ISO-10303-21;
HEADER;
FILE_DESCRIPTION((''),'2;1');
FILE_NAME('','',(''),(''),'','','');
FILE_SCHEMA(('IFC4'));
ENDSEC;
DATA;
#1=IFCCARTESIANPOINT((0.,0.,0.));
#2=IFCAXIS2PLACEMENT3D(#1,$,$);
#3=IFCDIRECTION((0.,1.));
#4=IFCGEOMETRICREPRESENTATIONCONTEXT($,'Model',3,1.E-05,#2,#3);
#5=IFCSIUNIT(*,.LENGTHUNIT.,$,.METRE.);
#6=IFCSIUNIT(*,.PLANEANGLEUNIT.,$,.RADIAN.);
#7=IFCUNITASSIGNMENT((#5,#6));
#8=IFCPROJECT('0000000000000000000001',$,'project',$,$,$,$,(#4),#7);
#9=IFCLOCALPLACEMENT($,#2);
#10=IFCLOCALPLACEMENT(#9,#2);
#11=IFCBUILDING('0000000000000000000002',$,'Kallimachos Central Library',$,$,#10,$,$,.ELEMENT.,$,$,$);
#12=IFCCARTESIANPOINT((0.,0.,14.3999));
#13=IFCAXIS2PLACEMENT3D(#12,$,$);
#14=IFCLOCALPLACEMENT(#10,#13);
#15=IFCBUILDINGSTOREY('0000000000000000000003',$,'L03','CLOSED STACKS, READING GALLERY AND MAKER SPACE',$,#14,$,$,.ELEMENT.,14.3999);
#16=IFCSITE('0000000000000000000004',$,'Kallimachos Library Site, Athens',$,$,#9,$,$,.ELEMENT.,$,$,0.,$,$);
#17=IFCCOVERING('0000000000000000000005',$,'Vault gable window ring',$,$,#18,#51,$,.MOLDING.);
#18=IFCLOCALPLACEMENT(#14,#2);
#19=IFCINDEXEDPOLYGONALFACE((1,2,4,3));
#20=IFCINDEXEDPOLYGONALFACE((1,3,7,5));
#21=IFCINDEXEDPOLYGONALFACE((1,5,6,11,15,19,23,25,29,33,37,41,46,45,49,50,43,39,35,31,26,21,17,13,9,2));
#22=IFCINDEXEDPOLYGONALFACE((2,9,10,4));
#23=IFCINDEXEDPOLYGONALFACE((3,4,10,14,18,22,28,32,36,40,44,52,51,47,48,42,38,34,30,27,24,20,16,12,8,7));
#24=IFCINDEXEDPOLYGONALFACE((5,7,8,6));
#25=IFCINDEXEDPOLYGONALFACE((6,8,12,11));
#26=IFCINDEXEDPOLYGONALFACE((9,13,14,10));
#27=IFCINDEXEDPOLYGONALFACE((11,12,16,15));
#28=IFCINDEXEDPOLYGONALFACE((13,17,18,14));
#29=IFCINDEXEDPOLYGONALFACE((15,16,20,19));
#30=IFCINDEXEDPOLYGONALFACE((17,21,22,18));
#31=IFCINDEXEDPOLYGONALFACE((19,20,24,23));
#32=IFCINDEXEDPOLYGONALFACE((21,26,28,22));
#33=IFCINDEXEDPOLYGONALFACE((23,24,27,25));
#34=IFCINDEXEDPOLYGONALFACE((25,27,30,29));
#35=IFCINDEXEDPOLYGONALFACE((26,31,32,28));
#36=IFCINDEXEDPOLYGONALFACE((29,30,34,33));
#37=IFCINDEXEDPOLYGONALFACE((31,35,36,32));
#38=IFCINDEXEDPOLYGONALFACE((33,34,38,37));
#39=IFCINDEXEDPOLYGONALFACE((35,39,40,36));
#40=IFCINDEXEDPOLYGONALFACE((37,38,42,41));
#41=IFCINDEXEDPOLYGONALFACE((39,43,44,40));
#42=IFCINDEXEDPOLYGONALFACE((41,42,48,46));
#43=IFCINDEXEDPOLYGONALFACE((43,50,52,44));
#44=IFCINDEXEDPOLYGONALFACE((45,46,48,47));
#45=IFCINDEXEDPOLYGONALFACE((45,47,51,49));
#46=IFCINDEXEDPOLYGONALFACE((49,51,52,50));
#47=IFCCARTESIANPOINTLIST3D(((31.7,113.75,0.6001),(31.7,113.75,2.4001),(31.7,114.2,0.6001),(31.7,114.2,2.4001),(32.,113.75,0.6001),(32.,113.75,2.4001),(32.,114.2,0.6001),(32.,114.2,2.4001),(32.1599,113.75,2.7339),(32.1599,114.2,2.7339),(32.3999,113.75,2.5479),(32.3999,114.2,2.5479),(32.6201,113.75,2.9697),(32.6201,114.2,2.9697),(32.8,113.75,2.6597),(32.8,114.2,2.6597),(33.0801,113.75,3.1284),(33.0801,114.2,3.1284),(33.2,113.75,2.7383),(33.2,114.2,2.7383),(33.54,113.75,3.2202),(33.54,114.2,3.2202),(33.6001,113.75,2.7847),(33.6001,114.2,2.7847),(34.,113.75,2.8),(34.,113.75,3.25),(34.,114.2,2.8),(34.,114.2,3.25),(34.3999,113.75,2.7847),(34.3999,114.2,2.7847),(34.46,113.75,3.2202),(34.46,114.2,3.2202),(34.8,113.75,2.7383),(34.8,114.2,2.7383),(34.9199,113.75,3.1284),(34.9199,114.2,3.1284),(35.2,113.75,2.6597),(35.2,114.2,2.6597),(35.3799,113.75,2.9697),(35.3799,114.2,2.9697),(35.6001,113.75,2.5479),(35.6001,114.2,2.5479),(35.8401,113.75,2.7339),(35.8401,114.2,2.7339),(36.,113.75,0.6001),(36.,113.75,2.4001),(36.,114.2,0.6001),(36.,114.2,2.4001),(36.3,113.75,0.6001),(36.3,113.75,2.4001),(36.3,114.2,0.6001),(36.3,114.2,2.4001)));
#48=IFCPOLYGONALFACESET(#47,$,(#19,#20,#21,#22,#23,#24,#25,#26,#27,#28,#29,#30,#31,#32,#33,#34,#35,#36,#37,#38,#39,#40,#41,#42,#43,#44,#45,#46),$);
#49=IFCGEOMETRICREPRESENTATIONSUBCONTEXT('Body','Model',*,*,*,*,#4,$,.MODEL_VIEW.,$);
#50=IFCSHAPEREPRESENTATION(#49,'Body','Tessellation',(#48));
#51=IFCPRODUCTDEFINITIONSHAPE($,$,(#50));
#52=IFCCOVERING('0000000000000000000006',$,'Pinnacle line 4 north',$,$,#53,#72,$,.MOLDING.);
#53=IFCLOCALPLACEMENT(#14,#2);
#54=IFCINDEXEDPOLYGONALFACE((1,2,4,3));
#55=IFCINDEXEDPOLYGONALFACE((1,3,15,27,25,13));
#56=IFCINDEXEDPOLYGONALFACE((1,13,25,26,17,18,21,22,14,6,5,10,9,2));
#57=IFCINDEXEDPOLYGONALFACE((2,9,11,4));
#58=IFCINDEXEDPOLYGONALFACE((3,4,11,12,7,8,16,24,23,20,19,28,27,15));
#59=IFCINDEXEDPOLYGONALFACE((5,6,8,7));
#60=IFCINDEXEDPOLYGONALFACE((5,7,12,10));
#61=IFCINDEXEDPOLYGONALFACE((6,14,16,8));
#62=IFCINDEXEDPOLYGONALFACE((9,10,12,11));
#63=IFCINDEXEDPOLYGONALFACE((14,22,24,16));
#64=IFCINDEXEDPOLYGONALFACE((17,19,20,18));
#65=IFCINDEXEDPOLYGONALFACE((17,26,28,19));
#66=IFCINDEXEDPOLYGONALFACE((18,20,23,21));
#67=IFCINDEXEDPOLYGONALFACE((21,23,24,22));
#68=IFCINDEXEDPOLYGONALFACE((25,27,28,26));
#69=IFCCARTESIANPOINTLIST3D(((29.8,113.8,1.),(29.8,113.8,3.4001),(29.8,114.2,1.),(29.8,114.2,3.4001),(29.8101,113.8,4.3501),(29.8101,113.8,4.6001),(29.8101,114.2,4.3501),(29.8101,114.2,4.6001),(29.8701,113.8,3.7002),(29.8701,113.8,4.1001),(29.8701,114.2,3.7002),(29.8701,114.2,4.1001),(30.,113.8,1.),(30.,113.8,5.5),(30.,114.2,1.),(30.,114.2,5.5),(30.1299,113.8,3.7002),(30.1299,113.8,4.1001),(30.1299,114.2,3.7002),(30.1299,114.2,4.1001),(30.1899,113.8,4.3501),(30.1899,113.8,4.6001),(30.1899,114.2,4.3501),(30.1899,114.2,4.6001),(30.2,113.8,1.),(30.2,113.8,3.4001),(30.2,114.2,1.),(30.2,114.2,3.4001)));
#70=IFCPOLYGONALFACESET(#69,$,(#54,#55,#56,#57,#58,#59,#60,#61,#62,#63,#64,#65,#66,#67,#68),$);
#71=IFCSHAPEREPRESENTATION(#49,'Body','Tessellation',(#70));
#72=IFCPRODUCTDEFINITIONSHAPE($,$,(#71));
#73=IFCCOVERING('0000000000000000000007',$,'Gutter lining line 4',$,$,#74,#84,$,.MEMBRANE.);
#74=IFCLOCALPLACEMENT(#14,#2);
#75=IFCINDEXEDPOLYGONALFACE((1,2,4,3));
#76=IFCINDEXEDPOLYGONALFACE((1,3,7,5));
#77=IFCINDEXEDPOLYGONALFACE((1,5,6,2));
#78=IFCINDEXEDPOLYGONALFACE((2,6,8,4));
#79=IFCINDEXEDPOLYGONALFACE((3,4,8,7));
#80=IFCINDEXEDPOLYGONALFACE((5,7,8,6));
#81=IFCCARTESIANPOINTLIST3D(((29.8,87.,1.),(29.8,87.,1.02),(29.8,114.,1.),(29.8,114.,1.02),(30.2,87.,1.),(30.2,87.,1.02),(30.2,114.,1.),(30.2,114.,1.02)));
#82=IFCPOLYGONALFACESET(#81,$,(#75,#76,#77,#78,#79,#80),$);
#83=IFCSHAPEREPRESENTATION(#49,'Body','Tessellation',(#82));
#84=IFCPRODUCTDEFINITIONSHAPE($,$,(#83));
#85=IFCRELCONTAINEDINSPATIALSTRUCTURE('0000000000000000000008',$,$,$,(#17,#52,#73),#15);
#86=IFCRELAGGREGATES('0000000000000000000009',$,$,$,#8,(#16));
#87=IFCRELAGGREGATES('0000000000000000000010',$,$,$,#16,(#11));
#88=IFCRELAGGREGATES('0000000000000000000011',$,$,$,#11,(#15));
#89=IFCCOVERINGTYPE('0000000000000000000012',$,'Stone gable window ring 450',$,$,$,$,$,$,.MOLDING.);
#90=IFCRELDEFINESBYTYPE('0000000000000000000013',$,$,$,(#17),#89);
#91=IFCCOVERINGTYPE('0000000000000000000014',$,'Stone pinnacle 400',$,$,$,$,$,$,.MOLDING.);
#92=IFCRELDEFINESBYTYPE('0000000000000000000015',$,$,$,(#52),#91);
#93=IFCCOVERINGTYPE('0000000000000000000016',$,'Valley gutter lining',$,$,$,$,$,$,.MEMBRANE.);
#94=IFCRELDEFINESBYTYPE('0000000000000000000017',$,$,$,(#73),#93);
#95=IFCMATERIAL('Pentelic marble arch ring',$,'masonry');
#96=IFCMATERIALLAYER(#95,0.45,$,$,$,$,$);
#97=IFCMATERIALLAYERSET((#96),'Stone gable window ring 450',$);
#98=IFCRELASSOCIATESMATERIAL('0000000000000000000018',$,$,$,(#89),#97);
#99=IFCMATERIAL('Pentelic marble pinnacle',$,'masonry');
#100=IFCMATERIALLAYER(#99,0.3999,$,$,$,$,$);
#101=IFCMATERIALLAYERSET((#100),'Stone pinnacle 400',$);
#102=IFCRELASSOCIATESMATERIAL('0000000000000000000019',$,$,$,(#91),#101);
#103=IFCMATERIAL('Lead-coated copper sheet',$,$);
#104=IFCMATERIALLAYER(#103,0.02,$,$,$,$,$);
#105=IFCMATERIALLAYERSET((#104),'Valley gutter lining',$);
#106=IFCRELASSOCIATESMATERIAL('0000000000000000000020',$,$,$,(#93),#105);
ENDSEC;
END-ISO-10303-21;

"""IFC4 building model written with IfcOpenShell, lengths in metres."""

from ifc_helpers import new_model, si_unit, direction, frame, origin, origin_2d, place, context, subcontext, project, spatial, polyline, rectangle, outline, extrude, material, layer, layer_set, type_object, element, save


model = new_model("IFC4")

# Units and contexts
model_context = context("Model", 3, precision=1e-05, world=origin(), true_north=direction((0.0, 1.0)))
body_context = subcontext(model_context, "Body", "Model", "MODEL_VIEW")
ifc_project = project(units=[si_unit("LENGTHUNIT", "METRE"), si_unit("PLANEANGLEUNIT", "RADIAN")], contexts=[model_context])

# Site, building, storey
site_placement = place(None, origin())
site = spatial("IfcSite", under=ifc_project, at=site_placement, Name="Kallimachos Library Site, Athens", CompositionType="ELEMENT", RefElevation=0.0)
building_placement = place(site_placement, origin())
building = spatial("IfcBuilding", under=site, at=building_placement, Name="Kallimachos Central Library", CompositionType="ELEMENT")
storey_placement = place(building_placement, frame((0.0, 0.0, 14.3999)))
storey = spatial("IfcBuildingStorey", under=building, at=storey_placement, Name="L03", Description="CLOSED STACKS, READING GALLERY AND MAKER SPACE", CompositionType="ELEMENT", Elevation=14.3999)

# Coverings
ifc_material_1 = material(Name="Pentelic marble arch ring", Category="masonry")
ifc_layer_1 = layer(ifc_material_1, 0.45)
ifc_layer_set_1 = layer_set([ifc_layer_1], Name="Stone gable window ring 450")
covering_type_1 = type_object("IfcCoveringType", Name="Stone gable window ring 450", PredefinedType="MOLDING", material=ifc_layer_set_1)
covering_1_placement = place(storey_placement, frame((31.7, 114.2, 0.6001), z_axis=(0.0, 1.0, 0.0), x_axis=(0.0, 0.0, 1.0)))
element("IfcCovering", 1, at=covering_1_placement, inside=storey, type_object=covering_type_1, Name="Vault gable window ring", PredefinedType="MOLDING", context=body_context, shape_type="SweptSolid", body=[
    extrude(outline(polyline([(0.0, 0.0), (1.8, 0.0), (2.1338, 0.46), (2.3696, 0.9202), (2.5283, 1.3801), (2.6201, 1.8401), (2.6499, 2.3), (2.6201, 2.76), (2.5283, 3.22), (2.3696, 3.6799), (2.1338, 4.1401), (1.8, 4.6001), (0.0, 4.6001), (0.0, 4.3), (1.8, 4.3), (1.9478, 3.9001), (2.0596, 3.5), (2.1382, 3.1001), (2.1846, 2.7), (2.2, 2.3), (2.1846, 1.9001), (2.1382, 1.5), (2.0596, 1.1001), (1.9478, 0.7), (1.8, 0.3), (0.0, 0.3), (0.0, 0.0)])), origin(), (0.0, 0.0, -1.0), 0.45),
])
ifc_material_2 = material(Name="Pentelic marble pinnacle", Category="masonry")
ifc_layer_2 = layer(ifc_material_2, 0.3999)
ifc_layer_set_2 = layer_set([ifc_layer_2], Name="Stone pinnacle 400")
covering_type_2 = type_object("IfcCoveringType", Name="Stone pinnacle 400", PredefinedType="MOLDING", material=ifc_layer_set_2)
covering_2_placement = place(storey_placement, frame((29.8, 114.2, 1.0), z_axis=(0.0, 1.0, 0.0), x_axis=(0.0, 0.0, 1.0)))
element("IfcCovering", 2, at=covering_2_placement, inside=storey, type_object=covering_type_2, Name="Pinnacle line 4 north", PredefinedType="MOLDING", context=body_context, shape_type="SweptSolid", body=[
    extrude(outline(polyline([(0.0, 0.0), (2.4001, 0.0), (2.7002, 0.0701), (3.1001, 0.0701), (3.3501, 0.01), (3.6001, 0.01), (4.5, 0.2), (3.6001, 0.3899), (3.3501, 0.3899), (3.1001, 0.3298), (2.7002, 0.3298), (2.4001, 0.3999), (0.0, 0.3999), (0.0, 0.2), (0.0, 0.0)])), origin(), (0.0, 0.0, -1.0), 0.3999),
])
ifc_material_3 = material(Name="Lead-coated copper sheet")
ifc_layer_3 = layer(ifc_material_3, 0.02)
ifc_layer_set_3 = layer_set([ifc_layer_3], Name="Valley gutter lining")
covering_type_3 = type_object("IfcCoveringType", Name="Valley gutter lining", PredefinedType="MEMBRANE", material=ifc_layer_set_3)
covering_3_placement = place(storey_placement, frame((30.0, 100.5, 1.0), z_axis=(0.0, 0.0, 1.0), x_axis=(1.0, 0.0, 0.0)))
element("IfcCovering", 3, at=covering_3_placement, inside=storey, type_object=covering_type_3, Name="Gutter lining line 4", PredefinedType="MEMBRANE", context=body_context, shape_type="SweptSolid", body=[
    extrude(rectangle(XDim=0.3999, YDim=27.0, at=origin_2d()), origin(), (0.0, 0.0, 1.0), 0.02),
])

save(model, "model.ifc")
